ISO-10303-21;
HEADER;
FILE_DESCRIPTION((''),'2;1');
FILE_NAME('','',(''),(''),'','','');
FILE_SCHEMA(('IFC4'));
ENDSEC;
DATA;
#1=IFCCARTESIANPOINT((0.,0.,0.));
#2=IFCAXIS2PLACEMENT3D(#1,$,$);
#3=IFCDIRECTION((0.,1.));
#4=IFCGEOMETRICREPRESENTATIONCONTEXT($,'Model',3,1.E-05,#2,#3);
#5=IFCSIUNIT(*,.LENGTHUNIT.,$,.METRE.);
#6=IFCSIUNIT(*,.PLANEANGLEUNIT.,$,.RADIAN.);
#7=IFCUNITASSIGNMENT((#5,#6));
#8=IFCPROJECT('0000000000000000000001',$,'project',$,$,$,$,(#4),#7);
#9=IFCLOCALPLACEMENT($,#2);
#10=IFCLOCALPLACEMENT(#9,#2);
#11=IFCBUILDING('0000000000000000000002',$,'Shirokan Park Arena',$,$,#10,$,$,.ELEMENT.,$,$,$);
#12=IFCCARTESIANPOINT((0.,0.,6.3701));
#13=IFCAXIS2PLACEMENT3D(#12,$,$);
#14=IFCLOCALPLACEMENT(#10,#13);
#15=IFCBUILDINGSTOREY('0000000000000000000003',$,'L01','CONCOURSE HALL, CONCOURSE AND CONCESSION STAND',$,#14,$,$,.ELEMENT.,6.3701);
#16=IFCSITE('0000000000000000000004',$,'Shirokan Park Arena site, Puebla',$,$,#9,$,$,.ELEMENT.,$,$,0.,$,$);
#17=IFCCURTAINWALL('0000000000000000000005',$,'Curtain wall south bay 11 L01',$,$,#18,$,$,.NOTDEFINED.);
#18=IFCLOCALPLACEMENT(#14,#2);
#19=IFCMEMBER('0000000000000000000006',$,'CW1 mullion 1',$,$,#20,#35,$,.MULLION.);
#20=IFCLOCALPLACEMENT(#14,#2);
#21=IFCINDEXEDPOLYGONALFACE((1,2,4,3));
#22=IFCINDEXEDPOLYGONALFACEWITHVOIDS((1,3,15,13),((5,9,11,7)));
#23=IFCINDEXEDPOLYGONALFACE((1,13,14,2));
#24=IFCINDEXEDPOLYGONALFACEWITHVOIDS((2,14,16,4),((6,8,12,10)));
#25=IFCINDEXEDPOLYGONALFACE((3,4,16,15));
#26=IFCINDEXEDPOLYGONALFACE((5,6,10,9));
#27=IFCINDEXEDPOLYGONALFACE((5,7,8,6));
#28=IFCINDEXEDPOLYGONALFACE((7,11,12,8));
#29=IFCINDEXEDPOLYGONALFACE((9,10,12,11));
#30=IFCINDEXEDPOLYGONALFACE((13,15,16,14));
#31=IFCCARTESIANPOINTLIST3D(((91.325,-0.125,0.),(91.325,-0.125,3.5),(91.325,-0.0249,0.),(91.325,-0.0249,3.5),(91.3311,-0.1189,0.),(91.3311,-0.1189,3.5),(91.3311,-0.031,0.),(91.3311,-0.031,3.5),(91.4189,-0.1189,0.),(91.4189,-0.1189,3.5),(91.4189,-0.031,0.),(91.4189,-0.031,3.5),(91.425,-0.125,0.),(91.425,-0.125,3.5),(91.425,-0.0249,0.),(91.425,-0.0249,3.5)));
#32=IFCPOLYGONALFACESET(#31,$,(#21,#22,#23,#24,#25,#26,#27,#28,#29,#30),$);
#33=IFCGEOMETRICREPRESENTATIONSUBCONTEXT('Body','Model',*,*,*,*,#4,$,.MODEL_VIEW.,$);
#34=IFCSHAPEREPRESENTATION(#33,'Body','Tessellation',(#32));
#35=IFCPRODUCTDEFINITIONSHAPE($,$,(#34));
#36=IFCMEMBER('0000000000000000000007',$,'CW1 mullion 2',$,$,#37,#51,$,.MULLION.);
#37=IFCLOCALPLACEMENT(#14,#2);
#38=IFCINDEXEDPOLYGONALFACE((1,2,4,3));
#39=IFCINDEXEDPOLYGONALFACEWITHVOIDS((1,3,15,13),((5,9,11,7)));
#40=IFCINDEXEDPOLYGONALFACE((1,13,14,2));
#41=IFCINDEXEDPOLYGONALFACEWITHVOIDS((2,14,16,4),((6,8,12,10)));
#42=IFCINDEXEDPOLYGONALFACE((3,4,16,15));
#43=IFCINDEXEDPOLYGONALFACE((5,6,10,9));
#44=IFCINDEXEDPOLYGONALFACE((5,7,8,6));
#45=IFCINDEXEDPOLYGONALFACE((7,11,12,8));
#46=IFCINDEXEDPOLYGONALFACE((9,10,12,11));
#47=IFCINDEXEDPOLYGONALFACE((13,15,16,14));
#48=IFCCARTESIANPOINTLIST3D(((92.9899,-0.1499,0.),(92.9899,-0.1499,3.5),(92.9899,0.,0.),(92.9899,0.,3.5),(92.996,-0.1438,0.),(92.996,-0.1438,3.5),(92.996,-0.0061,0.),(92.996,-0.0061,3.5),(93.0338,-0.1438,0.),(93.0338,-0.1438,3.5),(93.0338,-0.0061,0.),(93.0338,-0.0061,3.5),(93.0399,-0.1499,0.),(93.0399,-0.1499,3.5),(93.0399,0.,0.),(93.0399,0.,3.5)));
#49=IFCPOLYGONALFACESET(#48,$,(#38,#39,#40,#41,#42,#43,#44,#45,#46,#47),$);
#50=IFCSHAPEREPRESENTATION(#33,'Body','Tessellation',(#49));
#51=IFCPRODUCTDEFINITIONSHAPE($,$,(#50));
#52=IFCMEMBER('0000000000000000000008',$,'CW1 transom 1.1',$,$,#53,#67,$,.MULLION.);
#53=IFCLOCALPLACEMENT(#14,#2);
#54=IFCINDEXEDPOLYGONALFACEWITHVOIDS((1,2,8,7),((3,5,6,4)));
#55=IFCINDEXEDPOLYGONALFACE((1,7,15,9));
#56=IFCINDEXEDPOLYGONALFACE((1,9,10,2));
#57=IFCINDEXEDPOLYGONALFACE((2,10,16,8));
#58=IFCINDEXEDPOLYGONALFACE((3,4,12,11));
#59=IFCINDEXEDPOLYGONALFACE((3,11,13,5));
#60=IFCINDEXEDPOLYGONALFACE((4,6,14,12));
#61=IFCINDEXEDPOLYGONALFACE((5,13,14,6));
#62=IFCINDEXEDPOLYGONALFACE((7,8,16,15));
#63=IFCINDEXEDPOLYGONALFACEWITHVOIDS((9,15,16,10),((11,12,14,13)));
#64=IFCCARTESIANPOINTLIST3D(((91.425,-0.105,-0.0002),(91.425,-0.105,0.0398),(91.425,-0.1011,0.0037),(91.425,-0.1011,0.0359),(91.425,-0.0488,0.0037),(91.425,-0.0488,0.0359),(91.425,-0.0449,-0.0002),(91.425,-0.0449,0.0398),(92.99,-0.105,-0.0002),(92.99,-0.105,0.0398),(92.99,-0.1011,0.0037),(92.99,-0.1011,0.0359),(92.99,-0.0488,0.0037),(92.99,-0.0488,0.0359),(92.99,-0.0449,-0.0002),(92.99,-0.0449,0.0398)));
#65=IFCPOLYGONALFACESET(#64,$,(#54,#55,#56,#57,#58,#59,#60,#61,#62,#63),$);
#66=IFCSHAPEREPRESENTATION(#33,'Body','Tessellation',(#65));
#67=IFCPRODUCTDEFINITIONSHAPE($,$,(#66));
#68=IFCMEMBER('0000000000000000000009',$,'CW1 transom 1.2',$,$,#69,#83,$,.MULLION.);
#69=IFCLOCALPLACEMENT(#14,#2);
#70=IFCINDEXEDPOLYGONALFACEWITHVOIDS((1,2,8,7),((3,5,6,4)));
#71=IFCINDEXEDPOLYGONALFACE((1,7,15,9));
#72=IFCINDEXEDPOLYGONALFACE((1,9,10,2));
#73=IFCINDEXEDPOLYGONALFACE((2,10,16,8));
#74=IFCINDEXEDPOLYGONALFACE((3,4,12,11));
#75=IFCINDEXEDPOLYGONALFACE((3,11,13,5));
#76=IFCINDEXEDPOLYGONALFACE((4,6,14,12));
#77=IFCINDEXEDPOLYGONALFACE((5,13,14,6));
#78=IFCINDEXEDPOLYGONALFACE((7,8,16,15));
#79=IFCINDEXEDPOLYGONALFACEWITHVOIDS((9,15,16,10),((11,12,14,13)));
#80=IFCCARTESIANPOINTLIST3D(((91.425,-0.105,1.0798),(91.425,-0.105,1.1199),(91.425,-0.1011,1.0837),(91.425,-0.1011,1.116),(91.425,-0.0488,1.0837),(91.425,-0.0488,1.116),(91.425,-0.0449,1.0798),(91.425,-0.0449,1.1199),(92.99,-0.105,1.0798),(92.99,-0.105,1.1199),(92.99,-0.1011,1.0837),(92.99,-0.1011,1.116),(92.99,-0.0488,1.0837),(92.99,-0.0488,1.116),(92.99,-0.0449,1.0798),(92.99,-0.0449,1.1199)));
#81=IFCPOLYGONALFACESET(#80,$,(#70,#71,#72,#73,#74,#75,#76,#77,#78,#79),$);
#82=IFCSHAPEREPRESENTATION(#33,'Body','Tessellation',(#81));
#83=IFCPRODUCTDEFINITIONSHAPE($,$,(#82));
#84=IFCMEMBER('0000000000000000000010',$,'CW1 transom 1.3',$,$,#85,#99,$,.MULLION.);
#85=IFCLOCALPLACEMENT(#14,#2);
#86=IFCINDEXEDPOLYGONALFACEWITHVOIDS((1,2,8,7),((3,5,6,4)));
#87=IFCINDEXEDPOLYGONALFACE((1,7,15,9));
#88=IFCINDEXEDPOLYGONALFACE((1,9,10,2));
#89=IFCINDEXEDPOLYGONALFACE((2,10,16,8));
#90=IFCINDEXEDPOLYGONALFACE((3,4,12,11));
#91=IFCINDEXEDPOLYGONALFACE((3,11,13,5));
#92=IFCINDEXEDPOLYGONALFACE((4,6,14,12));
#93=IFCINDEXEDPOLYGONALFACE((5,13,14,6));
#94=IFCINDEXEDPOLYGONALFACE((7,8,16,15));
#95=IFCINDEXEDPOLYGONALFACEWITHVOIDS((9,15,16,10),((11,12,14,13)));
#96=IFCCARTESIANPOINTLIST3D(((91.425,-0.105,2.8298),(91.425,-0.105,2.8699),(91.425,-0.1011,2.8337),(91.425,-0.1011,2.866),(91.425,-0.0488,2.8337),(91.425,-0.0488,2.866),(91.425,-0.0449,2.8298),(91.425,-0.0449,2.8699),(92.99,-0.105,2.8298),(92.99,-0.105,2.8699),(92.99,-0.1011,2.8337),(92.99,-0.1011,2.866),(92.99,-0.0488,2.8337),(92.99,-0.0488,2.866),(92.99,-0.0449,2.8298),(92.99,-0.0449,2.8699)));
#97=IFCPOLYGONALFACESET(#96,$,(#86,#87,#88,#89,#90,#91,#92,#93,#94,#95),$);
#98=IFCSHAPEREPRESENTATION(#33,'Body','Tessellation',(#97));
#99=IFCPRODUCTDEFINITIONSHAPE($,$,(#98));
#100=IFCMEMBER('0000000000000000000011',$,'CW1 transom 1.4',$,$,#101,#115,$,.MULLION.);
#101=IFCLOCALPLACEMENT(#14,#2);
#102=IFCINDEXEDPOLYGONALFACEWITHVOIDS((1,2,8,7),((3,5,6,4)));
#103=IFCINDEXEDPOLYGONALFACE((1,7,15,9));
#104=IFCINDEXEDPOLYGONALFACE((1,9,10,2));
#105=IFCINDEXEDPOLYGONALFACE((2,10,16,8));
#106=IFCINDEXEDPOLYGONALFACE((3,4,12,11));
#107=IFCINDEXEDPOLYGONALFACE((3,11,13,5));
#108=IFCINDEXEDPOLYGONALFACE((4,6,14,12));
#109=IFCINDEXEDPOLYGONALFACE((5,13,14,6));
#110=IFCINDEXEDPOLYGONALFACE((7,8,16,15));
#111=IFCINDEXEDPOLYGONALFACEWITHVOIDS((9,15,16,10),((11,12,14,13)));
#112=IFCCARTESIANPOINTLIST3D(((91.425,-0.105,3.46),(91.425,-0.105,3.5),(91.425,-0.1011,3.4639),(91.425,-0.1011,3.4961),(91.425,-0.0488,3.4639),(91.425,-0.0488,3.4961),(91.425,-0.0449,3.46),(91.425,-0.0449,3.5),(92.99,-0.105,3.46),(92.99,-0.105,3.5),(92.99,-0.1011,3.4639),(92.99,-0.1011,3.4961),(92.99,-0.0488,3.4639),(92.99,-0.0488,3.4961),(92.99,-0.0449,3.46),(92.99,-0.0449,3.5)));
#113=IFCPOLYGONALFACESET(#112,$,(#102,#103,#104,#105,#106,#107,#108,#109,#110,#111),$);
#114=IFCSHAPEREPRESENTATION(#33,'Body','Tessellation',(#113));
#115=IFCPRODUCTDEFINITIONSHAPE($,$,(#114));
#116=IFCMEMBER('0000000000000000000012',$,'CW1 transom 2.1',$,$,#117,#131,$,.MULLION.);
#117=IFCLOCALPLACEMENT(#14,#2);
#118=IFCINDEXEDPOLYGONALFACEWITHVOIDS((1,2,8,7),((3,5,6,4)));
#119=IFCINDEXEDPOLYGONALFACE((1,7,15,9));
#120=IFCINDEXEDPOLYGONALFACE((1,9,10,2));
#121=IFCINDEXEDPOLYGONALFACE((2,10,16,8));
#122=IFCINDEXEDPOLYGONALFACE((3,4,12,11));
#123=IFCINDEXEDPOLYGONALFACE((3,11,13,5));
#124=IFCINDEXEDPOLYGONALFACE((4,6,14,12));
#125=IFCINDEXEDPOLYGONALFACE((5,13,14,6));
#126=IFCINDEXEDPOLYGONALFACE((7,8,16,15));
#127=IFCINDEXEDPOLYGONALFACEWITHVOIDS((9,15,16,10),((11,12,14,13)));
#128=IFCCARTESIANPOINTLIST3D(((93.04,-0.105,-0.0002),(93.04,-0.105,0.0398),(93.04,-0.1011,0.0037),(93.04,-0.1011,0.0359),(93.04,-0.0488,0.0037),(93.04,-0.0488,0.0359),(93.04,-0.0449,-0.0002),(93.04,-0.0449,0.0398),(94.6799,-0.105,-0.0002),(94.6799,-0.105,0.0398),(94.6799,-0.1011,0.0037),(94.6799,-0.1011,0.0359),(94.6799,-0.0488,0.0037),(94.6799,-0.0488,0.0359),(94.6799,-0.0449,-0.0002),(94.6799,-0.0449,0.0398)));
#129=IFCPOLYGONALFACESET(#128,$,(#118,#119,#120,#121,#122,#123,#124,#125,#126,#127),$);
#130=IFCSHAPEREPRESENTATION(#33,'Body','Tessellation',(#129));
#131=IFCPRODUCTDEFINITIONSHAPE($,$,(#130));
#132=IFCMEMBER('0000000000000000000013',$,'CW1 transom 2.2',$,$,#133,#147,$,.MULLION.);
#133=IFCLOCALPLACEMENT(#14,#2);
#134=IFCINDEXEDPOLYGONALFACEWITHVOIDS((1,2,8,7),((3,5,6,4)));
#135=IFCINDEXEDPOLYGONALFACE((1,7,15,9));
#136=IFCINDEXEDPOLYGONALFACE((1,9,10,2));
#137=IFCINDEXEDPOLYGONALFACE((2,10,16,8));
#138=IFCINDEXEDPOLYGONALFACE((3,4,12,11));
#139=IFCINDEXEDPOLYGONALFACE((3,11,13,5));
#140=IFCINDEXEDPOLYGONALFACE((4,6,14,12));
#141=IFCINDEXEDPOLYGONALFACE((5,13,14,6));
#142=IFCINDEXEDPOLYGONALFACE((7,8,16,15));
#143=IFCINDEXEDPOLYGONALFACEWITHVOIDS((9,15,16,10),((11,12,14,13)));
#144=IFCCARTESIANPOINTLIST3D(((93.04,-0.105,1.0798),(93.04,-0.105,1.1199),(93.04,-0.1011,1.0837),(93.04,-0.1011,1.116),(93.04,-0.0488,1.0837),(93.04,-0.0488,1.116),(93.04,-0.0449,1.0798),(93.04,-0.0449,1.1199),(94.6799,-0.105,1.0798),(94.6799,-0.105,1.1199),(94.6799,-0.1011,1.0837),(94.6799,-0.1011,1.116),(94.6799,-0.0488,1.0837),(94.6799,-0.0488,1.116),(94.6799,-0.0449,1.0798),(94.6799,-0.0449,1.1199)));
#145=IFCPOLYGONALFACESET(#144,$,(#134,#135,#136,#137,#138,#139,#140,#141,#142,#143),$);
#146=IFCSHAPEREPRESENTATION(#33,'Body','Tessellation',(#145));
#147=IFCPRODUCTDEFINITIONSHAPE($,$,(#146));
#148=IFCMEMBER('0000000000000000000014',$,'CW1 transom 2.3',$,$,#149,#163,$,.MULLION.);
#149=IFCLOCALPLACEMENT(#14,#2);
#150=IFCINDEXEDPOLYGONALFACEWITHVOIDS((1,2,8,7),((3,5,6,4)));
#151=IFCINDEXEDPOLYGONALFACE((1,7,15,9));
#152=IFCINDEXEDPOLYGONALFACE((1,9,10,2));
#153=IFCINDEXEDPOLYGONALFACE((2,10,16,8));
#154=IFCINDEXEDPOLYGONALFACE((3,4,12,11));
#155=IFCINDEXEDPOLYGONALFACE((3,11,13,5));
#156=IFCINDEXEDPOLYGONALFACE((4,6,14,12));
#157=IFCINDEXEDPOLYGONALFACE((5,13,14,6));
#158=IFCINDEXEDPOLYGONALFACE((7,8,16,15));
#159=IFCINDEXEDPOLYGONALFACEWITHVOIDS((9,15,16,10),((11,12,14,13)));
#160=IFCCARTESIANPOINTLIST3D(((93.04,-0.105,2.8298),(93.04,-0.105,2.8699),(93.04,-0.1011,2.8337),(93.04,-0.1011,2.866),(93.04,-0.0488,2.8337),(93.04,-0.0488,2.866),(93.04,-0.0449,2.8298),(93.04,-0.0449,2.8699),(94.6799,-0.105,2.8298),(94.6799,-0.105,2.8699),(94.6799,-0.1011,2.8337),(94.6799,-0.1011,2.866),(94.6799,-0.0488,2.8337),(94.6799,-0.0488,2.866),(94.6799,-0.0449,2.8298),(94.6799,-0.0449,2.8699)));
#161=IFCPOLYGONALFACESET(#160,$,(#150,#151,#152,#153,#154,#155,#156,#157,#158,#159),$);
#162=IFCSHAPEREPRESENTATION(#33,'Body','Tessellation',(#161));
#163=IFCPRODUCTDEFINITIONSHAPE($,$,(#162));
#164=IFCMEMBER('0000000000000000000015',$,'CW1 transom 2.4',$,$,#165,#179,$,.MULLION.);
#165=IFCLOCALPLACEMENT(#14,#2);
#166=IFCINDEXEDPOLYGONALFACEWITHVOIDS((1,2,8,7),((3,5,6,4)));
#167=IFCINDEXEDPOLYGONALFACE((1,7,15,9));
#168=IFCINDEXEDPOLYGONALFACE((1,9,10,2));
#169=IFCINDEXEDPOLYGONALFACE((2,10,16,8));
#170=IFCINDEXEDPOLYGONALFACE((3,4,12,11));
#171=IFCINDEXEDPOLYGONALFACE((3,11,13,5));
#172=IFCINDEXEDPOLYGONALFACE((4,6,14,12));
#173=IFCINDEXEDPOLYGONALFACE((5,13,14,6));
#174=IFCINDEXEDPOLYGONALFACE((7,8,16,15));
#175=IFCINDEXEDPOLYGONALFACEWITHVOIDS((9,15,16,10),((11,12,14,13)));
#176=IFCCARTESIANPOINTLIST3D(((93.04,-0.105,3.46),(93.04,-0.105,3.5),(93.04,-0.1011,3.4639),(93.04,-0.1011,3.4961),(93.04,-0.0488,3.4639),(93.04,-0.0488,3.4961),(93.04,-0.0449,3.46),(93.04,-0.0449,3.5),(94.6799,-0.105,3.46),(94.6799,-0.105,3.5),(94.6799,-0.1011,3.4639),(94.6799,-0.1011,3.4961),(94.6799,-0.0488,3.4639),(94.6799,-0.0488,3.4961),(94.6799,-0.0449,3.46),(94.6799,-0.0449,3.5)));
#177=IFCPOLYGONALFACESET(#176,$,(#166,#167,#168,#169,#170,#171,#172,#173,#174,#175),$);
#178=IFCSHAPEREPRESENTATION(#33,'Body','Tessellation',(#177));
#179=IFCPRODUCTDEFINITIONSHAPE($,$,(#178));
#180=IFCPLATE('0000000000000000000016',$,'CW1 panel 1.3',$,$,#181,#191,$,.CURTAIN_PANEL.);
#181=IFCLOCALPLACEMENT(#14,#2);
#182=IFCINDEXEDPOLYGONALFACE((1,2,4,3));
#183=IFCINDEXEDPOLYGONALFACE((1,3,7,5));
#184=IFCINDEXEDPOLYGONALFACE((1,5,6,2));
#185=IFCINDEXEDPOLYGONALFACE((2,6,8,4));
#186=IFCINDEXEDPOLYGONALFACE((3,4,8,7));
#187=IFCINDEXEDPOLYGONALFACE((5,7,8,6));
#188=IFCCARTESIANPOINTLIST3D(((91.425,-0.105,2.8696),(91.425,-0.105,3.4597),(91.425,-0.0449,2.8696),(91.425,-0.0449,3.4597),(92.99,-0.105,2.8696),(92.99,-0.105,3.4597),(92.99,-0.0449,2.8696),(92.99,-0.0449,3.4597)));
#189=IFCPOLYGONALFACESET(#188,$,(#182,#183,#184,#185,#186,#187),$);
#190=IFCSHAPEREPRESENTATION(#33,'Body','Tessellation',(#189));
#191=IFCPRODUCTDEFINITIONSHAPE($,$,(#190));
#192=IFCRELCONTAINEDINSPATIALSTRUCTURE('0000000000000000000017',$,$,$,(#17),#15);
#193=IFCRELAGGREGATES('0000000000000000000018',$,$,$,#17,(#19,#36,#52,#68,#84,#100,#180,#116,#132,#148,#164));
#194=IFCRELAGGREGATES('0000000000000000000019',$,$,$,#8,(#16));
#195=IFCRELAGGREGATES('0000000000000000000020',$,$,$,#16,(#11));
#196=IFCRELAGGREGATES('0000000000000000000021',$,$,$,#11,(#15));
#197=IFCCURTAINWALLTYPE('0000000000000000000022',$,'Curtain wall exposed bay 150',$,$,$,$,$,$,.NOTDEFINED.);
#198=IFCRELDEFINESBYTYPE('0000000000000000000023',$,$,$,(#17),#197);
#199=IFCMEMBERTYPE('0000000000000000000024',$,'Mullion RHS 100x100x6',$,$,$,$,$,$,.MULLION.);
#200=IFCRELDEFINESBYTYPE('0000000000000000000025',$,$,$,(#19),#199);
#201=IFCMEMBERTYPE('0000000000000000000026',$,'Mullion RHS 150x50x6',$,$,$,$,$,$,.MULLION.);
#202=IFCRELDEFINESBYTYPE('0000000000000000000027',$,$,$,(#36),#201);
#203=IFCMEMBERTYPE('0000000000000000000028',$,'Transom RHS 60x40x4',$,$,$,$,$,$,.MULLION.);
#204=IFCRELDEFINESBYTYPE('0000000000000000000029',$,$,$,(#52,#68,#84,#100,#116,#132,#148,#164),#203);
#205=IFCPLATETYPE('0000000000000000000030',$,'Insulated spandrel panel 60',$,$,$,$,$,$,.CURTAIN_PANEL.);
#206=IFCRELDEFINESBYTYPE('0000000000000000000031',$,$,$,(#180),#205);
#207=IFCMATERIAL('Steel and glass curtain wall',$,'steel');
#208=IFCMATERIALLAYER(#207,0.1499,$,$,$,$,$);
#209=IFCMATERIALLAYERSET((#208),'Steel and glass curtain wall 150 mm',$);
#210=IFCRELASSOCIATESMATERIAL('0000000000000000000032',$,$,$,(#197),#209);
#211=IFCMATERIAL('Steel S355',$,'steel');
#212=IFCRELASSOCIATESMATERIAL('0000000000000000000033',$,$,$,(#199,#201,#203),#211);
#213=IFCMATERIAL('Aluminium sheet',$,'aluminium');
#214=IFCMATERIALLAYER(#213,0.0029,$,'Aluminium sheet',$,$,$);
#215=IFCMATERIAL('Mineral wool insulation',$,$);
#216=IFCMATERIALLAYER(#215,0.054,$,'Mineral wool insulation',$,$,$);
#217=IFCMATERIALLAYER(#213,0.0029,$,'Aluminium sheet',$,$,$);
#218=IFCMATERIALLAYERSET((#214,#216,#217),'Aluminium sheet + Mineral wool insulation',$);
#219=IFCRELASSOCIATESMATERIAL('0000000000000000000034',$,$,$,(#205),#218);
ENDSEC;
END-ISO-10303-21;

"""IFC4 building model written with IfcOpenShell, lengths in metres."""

from ifc_helpers import new_model, si_unit, direction, frame, origin, origin_2d, place, context, subcontext, project, spatial, rectangle, hollow_rectangle, extrude, material, layer, layer_set, material_profile, profile_set, type_object, element, aggregate, save


model = new_model("IFC4")

# Units and contexts
model_context = context("Model", 3, precision=1e-05, world=origin(), true_north=direction((0.0, 1.0)))
body_context = subcontext(model_context, "Body", "Model", "MODEL_VIEW")
ifc_project = project(units=[si_unit("LENGTHUNIT", "METRE"), si_unit("PLANEANGLEUNIT", "RADIAN")], contexts=[model_context])

# Site, building, storey
site_placement = place(None, origin())
site = spatial("IfcSite", under=ifc_project, at=site_placement, Name="Shirokan Park Arena site, Puebla", CompositionType="ELEMENT", RefElevation=0.0)
building_placement = place(site_placement, origin())
building = spatial("IfcBuilding", under=site, at=building_placement, Name="Shirokan Park Arena", CompositionType="ELEMENT")
storey_placement = place(building_placement, frame((0.0, 0.0, 6.3701)))
storey = spatial("IfcBuildingStorey", under=building, at=storey_placement, Name="L01", Description="CONCOURSE HALL, CONCOURSE AND CONCESSION STAND", CompositionType="ELEMENT", Elevation=6.3701)

# Curtain wall, members, plate
ifc_material_1 = material(Name="Steel and glass curtain wall", Category="steel")
ifc_layer_1 = layer(ifc_material_1, 0.1499)
ifc_layer_set_1 = layer_set([ifc_layer_1], Name="Steel and glass curtain wall 150 mm")
curtain_wall_type = type_object("IfcCurtainWallType", Name="Curtain wall exposed bay 150", PredefinedType="NOTDEFINED", material=ifc_layer_set_1)
curtain_wall_placement = place(storey_placement, origin())
curtain_wall = element("IfcCurtainWall", 1, at=curtain_wall_placement, inside=storey, type_object=curtain_wall_type, Name="Curtain wall south bay 11 L01", PredefinedType="NOTDEFINED")
ifc_material_2 = material(Name="Steel S355", Category="steel")
ifc_material_profile_1 = material_profile(ifc_material_2, hollow_rectangle(XDim=0.1001, YDim=0.1001, WallThickness=0.0061, at=origin_2d()), Name="RHS 100x100x6")
ifc_profile_set_1 = profile_set([ifc_material_profile_1], Name="Steel S355")
member_type_1 = type_object("IfcMemberType", Name="Mullion RHS 100x100x6", PredefinedType="MULLION", material=ifc_profile_set_1)
member_1_placement = place(storey_placement, frame((91.375, -0.075, 0.0), z_axis=(0.0, 0.0, 1.0), x_axis=(0.0, 1.0, 0.0)))
member_1 = element("IfcMember", 2, at=member_1_placement, type_object=member_type_1, Name="CW1 mullion 1", PredefinedType="MULLION", context=body_context, shape_type="SweptSolid", body=[
    extrude(hollow_rectangle(XDim=0.1001, YDim=0.1001, WallThickness=0.0061, at=origin_2d()), origin(), (0.0, 0.0, 1.0), 3.5),
])
ifc_material_profile_2 = material_profile(ifc_material_2, hollow_rectangle(XDim=0.1499, YDim=0.05, WallThickness=0.0061, at=origin_2d()), Name="RHS 150x50x6")
ifc_profile_set_2 = profile_set([ifc_material_profile_2], Name="Steel S355")
member_type_2 = type_object("IfcMemberType", Name="Mullion RHS 150x50x6", PredefinedType="MULLION", material=ifc_profile_set_2)
member_2_placement = place(storey_placement, frame((93.0149, -0.075, 0.0), z_axis=(0.0, 0.0, 1.0), x_axis=(0.0, 1.0, 0.0)))
member_2 = element("IfcMember", 3, at=member_2_placement, type_object=member_type_2, Name="CW1 mullion 2", PredefinedType="MULLION", context=body_context, shape_type="SweptSolid", body=[
    extrude(hollow_rectangle(XDim=0.1499, YDim=0.05, WallThickness=0.0061, at=origin_2d()), origin(), (0.0, 0.0, 1.0), 3.5),
])
ifc_material_profile_3 = material_profile(ifc_material_2, hollow_rectangle(XDim=0.0601, YDim=0.04, WallThickness=0.0039, at=origin_2d()), Name="RHS 60x40x4")
ifc_profile_set_3 = profile_set([ifc_material_profile_3], Name="Steel S355")
member_type_3 = type_object("IfcMemberType", Name="Transom RHS 60x40x4", PredefinedType="MULLION", material=ifc_profile_set_3)
member_3_placement = place(storey_placement, frame((91.425, -0.075, 0.0198), z_axis=(1.0, 0.0, 0.0), x_axis=(0.0, 1.0, 0.0)))
member_3 = element("IfcMember", 4, at=member_3_placement, type_object=member_type_3, Name="CW1 transom 1.1", PredefinedType="MULLION", context=body_context, shape_type="SweptSolid", body=[
    extrude(hollow_rectangle(XDim=0.0601, YDim=0.04, WallThickness=0.0039, at=origin_2d()), origin(), (0.0, 0.0, 1.0), 1.5649),
])
member_4_placement = place(storey_placement, frame((91.425, -0.075, 1.0999), z_axis=(1.0, 0.0, 0.0), x_axis=(0.0, 1.0, 0.0)))
member_4 = element("IfcMember", 5, at=member_4_placement, type_object=member_type_3, Name="CW1 transom 1.2", PredefinedType="MULLION", context=body_context, shape_type="SweptSolid", body=[
    extrude(hollow_rectangle(XDim=0.0601, YDim=0.04, WallThickness=0.0039, at=origin_2d()), origin(), (0.0, 0.0, 1.0), 1.5649),
])
member_5_placement = place(storey_placement, frame((91.425, -0.075, 2.8499), z_axis=(1.0, 0.0, 0.0), x_axis=(0.0, 1.0, 0.0)))
member_5 = element("IfcMember", 6, at=member_5_placement, type_object=member_type_3, Name="CW1 transom 1.3", PredefinedType="MULLION", context=body_context, shape_type="SweptSolid", body=[
    extrude(hollow_rectangle(XDim=0.0601, YDim=0.04, WallThickness=0.0039, at=origin_2d()), origin(), (0.0, 0.0, 1.0), 1.5649),
])
member_6_placement = place(storey_placement, frame((91.425, -0.075, 3.48), z_axis=(1.0, 0.0, 0.0), x_axis=(0.0, 1.0, 0.0)))
member_6 = element("IfcMember", 7, at=member_6_placement, type_object=member_type_3, Name="CW1 transom 1.4", PredefinedType="MULLION", context=body_context, shape_type="SweptSolid", body=[
    extrude(hollow_rectangle(XDim=0.0601, YDim=0.04, WallThickness=0.0039, at=origin_2d()), origin(), (0.0, 0.0, 1.0), 1.5649),
])
member_7_placement = place(storey_placement, frame((93.04, -0.075, 0.0198), z_axis=(1.0, 0.0, 0.0), x_axis=(0.0, 1.0, 0.0)))
member_7 = element("IfcMember", 8, at=member_7_placement, type_object=member_type_3, Name="CW1 transom 2.1", PredefinedType="MULLION", context=body_context, shape_type="SweptSolid", body=[
    extrude(hollow_rectangle(XDim=0.0601, YDim=0.04, WallThickness=0.0039, at=origin_2d()), origin(), (0.0, 0.0, 1.0), 1.6399),
])
member_8_placement = place(storey_placement, frame((93.04, -0.075, 1.0999), z_axis=(1.0, 0.0, 0.0), x_axis=(0.0, 1.0, 0.0)))
member_8 = element("IfcMember", 9, at=member_8_placement, type_object=member_type_3, Name="CW1 transom 2.2", PredefinedType="MULLION", context=body_context, shape_type="SweptSolid", body=[
    extrude(hollow_rectangle(XDim=0.0601, YDim=0.04, WallThickness=0.0039, at=origin_2d()), origin(), (0.0, 0.0, 1.0), 1.6399),
])
member_9_placement = place(storey_placement, frame((93.04, -0.075, 2.8499), z_axis=(1.0, 0.0, 0.0), x_axis=(0.0, 1.0, 0.0)))
member_9 = element("IfcMember", 10, at=member_9_placement, type_object=member_type_3, Name="CW1 transom 2.3", PredefinedType="MULLION", context=body_context, shape_type="SweptSolid", body=[
    extrude(hollow_rectangle(XDim=0.0601, YDim=0.04, WallThickness=0.0039, at=origin_2d()), origin(), (0.0, 0.0, 1.0), 1.6399),
])
member_10_placement = place(storey_placement, frame((93.04, -0.075, 3.48), z_axis=(1.0, 0.0, 0.0), x_axis=(0.0, 1.0, 0.0)))
member_10 = element("IfcMember", 11, at=member_10_placement, type_object=member_type_3, Name="CW1 transom 2.4", PredefinedType="MULLION", context=body_context, shape_type="SweptSolid", body=[
    extrude(hollow_rectangle(XDim=0.0601, YDim=0.04, WallThickness=0.0039, at=origin_2d()), origin(), (0.0, 0.0, 1.0), 1.6399),
])
ifc_material_3 = material(Name="Aluminium sheet", Category="aluminium")
ifc_layer_2 = layer(ifc_material_3, 0.0029, Name="Aluminium sheet")
ifc_material_4 = material(Name="Mineral wool insulation")
ifc_layer_3 = layer(ifc_material_4, 0.054, Name="Mineral wool insulation")
ifc_layer_4 = layer(ifc_material_3, 0.0029, Name="Aluminium sheet")
ifc_layer_set_2 = layer_set([ifc_layer_2, ifc_layer_3, ifc_layer_4], Name="Aluminium sheet + Mineral wool insulation")
plate_type_1 = type_object("IfcPlateType", Name="Insulated spandrel panel 60", PredefinedType="CURTAIN_PANEL", material=ifc_layer_set_2)
plate_1_placement = place(storey_placement, frame((92.2075, -0.075, 2.8696), z_axis=(0.0, 0.0, 1.0), x_axis=(1.0, 0.0, 0.0)))
plate_1 = element("IfcPlate", 12, at=plate_1_placement, type_object=plate_type_1, Name="CW1 panel 1.3", PredefinedType="CURTAIN_PANEL", context=body_context, shape_type="SweptSolid", body=[
    extrude(rectangle(XDim=1.5649, YDim=0.0601, at=origin_2d()), origin(), (0.0, 0.0, 1.0), 0.5901),
])
aggregate(curtain_wall, [member_1, member_2, member_3, member_4, member_5, member_6, plate_1, member_7, member_8, member_9, member_10])

save(model, "model.ifc")
